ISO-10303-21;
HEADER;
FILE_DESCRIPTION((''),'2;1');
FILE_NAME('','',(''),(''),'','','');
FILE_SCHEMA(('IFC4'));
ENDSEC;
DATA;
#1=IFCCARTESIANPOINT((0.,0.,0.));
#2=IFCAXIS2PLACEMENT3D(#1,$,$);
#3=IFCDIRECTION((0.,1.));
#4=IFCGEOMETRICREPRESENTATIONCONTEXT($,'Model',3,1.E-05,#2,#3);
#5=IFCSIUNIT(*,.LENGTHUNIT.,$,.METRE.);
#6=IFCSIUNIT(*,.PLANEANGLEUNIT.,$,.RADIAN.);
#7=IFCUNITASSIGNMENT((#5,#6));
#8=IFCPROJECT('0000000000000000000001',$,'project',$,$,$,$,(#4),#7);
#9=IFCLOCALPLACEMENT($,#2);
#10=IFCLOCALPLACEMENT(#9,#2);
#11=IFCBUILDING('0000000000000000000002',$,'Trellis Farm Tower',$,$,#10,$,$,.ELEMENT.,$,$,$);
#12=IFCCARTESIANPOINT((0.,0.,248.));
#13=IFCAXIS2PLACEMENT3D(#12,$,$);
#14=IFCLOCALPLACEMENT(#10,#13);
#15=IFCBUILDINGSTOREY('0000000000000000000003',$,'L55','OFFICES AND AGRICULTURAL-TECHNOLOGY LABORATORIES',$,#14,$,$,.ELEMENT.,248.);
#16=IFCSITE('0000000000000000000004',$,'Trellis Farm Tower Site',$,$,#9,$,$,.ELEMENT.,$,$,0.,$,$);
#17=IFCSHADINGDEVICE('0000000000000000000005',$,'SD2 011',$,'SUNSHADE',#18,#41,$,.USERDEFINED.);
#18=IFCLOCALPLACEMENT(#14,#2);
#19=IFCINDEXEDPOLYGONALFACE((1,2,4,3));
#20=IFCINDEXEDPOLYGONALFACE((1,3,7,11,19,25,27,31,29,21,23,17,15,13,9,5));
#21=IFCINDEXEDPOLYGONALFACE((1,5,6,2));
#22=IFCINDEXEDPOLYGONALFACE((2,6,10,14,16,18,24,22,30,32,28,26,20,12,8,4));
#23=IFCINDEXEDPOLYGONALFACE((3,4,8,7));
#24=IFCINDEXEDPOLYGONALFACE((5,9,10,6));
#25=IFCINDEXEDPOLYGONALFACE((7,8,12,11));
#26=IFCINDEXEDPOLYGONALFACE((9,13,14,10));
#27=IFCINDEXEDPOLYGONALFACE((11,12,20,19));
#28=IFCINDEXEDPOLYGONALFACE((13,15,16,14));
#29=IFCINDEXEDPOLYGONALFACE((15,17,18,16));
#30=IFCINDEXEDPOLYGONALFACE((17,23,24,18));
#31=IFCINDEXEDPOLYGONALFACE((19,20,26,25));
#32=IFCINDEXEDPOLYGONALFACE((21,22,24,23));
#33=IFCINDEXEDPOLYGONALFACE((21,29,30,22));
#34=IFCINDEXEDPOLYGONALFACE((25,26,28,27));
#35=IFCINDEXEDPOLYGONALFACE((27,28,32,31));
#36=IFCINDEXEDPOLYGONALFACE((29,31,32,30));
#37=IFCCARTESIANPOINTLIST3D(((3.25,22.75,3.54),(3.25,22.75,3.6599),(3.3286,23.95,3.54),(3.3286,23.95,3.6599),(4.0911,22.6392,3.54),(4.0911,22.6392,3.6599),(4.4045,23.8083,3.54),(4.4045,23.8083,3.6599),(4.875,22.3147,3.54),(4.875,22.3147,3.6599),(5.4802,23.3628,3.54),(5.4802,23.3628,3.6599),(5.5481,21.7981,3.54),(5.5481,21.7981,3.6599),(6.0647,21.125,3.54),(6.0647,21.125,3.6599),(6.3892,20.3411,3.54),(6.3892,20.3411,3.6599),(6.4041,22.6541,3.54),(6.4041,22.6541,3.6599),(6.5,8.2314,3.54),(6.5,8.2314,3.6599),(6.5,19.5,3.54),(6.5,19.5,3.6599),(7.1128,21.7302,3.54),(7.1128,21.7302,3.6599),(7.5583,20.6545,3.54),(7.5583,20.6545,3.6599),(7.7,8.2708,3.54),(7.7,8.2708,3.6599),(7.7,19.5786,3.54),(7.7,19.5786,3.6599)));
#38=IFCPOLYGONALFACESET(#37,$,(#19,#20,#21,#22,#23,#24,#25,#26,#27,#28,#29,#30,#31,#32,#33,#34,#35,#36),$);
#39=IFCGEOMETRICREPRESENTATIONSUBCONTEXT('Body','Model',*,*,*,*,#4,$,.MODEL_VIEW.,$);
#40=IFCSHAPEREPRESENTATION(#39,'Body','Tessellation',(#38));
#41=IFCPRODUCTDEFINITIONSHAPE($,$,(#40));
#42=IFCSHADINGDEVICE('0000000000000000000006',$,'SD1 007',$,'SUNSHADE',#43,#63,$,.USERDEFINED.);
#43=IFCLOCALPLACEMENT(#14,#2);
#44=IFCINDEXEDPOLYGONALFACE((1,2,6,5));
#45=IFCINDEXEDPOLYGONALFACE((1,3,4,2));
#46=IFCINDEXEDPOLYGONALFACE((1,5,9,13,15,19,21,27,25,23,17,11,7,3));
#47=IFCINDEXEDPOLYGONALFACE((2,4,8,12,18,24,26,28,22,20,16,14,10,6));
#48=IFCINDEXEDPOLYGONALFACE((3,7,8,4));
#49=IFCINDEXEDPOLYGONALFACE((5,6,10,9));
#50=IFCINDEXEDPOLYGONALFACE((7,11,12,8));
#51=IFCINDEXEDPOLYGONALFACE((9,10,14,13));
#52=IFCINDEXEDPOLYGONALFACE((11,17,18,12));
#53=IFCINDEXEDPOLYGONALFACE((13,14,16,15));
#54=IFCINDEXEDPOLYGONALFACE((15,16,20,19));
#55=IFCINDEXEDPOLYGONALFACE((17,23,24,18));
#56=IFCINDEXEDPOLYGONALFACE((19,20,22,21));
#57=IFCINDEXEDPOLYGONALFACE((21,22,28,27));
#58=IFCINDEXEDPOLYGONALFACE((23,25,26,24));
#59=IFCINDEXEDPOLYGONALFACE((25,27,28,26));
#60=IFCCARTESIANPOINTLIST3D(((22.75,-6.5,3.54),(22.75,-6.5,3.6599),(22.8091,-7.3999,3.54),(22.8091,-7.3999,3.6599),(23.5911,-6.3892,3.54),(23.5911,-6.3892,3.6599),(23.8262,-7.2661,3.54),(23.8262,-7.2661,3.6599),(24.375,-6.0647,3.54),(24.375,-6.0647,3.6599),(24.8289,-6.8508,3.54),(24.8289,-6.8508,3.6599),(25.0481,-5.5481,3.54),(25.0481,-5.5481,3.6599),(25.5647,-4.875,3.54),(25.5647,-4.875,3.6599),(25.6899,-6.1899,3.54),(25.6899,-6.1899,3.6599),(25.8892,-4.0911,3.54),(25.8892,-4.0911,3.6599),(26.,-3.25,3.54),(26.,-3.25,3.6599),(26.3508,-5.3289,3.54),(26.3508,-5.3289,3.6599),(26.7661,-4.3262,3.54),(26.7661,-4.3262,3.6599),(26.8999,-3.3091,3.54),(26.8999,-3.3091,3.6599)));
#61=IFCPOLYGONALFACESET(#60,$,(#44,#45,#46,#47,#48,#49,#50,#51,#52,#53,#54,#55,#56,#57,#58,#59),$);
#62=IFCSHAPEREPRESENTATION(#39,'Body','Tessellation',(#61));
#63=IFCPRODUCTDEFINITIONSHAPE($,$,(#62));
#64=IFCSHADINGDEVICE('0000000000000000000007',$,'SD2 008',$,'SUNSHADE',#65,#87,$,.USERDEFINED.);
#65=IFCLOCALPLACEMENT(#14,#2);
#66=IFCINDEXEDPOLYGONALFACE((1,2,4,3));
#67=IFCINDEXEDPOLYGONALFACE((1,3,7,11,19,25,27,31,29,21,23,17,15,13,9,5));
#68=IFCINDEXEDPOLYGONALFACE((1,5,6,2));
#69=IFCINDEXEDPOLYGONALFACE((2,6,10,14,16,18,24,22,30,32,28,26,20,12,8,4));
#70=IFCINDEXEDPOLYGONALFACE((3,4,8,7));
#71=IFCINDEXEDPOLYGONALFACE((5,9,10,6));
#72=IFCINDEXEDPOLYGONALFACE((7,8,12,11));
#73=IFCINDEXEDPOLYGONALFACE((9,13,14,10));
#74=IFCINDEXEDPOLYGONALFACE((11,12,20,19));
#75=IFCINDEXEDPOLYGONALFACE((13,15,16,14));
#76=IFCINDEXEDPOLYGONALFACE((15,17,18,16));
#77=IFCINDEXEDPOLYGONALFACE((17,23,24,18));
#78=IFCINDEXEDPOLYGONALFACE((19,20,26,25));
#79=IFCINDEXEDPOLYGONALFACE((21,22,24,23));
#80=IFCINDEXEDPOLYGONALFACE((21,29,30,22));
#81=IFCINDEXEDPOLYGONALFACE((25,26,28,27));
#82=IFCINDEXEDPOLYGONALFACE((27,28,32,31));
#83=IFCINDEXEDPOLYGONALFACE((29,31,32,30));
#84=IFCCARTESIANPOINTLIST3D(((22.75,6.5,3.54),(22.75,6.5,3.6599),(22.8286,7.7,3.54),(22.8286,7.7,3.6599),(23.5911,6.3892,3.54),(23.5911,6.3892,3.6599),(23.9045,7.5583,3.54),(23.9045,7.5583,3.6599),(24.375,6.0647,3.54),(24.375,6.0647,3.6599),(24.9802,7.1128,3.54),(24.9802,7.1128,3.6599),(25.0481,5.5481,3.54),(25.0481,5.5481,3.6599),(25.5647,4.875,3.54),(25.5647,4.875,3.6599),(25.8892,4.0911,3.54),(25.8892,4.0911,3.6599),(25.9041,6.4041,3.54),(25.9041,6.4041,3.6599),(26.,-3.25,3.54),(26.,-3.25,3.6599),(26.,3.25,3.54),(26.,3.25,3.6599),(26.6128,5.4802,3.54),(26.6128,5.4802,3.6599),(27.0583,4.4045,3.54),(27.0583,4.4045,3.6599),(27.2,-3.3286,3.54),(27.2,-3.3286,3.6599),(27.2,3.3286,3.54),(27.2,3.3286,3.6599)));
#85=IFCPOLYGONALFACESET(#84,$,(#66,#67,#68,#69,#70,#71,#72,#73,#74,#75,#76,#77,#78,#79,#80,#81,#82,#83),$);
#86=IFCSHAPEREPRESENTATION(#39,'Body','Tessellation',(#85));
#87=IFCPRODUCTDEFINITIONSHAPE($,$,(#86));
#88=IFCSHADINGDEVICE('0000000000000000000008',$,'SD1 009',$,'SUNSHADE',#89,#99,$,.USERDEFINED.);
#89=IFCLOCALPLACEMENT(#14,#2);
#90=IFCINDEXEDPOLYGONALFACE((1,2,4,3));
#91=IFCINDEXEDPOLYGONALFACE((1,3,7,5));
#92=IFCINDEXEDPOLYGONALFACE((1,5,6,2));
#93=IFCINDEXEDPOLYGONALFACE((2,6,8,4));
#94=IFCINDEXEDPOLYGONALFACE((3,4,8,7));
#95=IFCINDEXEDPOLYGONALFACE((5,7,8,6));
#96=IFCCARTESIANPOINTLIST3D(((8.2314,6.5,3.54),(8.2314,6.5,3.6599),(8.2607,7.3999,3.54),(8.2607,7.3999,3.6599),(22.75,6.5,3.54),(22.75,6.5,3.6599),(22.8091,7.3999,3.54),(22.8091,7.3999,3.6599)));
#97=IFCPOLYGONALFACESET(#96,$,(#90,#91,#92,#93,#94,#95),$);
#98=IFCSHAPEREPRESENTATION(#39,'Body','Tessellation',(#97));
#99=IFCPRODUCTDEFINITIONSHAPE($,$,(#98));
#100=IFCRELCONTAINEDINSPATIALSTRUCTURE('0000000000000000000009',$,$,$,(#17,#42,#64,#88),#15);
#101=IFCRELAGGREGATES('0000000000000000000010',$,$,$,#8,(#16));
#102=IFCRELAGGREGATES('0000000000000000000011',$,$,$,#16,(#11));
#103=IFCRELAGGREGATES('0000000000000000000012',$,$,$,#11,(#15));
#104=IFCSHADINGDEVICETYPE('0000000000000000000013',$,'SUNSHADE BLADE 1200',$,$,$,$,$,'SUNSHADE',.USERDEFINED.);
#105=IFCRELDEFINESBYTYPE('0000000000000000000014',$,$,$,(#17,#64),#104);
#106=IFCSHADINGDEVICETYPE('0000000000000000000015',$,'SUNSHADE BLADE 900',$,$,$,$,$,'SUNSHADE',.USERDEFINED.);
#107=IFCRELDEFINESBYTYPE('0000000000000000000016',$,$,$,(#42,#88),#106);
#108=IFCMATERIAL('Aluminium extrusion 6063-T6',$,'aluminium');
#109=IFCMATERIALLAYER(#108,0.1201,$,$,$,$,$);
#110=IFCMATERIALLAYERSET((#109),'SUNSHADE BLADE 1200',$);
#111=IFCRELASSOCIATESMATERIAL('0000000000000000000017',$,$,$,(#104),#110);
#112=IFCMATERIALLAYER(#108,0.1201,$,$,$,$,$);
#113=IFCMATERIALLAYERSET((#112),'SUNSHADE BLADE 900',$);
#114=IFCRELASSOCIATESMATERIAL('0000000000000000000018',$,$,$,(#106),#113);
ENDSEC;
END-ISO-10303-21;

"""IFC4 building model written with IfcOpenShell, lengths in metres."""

from ifc_helpers import new_model, si_unit, direction, frame, origin, place, context, subcontext, project, spatial, polyline, outline, extrude, source, transform, mapped, material, layer, layer_set, type_object, element, save


model = new_model("IFC4")

# Units and contexts
model_context = context("Model", 3, precision=1e-05, world=origin(), true_north=direction((0.0, 1.0)))
body_context = subcontext(model_context, "Body", "Model", "MODEL_VIEW")
ifc_project = project(units=[si_unit("LENGTHUNIT", "METRE"), si_unit("PLANEANGLEUNIT", "RADIAN")], contexts=[model_context])

# Site, building, storey
site_placement = place(None, origin())
site = spatial("IfcSite", under=ifc_project, at=site_placement, Name="Trellis Farm Tower Site", CompositionType="ELEMENT", RefElevation=0.0)
building_placement = place(site_placement, origin())
building = spatial("IfcBuilding", under=site, at=building_placement, Name="Trellis Farm Tower", CompositionType="ELEMENT")
storey_placement = place(building_placement, frame((0.0, 0.0, 248.0)))
storey = spatial("IfcBuildingStorey", under=building, at=storey_placement, Name="L55", Description="OFFICES AND AGRICULTURAL-TECHNOLOGY LABORATORIES", CompositionType="ELEMENT", Elevation=248.0)

# Shared definitions
ifc_material_1 = material(Name="Aluminium extrusion 6063-T6", Category="aluminium")

# Shading devices
ifc_layer_1 = layer(ifc_material_1, 0.1201)
ifc_layer_set_1 = layer_set([ifc_layer_1], Name="SUNSHADE BLADE 1200")
shading_device_type_1 = type_object("IfcShadingDeviceType", Name="SUNSHADE BLADE 1200", ElementType="SUNSHADE", PredefinedType="USERDEFINED", material=ifc_layer_set_1)
placement_1 = place(storey_placement, frame((0.0, 0.0, 3.54)))
ifc_layer_2 = layer(ifc_material_1, 0.1201)
ifc_layer_set_2 = layer_set([ifc_layer_2], Name="SUNSHADE BLADE 900")
shading_device_type_2 = type_object("IfcShadingDeviceType", Name="SUNSHADE BLADE 900", ElementType="SUNSHADE", PredefinedType="USERDEFINED", material=ifc_layer_set_2)
shared_shape_1 = source(origin(), body_context, "Body", "SweptSolid", [
    extrude(outline(polyline([(7.7, 8.2708), (7.7, 19.5786), (7.5583, 20.6545), (7.1128, 21.7302), (6.4041, 22.6541), (5.4802, 23.3628), (4.4045, 23.8083), (3.3286, 23.95), (3.25, 22.75), (4.0911, 22.6392), (4.875, 22.3147), (5.5481, 21.7981), (6.0647, 21.125), (6.3892, 20.3411), (6.5, 19.5), (6.5, 8.2314), (7.7, 8.2708)])), origin(), (0.0, 0.0, 1.0), 0.1199),
])
element("IfcShadingDevice", 1, at=placement_1, inside=storey, type_object=shading_device_type_1, Name="SD2 011", ObjectType="SUNSHADE", PredefinedType="USERDEFINED", context=body_context, shape_type="MappedRepresentation", body=[
    mapped(shared_shape_1, transform((0.0, 0.0, 0.0))),
])
shared_shape_2 = source(origin(), body_context, "Body", "SweptSolid", [
    extrude(outline(polyline([(22.8091, -7.3999), (23.8262, -7.2661), (24.8289, -6.8508), (25.6899, -6.1899), (26.3508, -5.3289), (26.7661, -4.3262), (26.8999, -3.3091), (26.0, -3.25), (25.8892, -4.0911), (25.5647, -4.875), (25.0481, -5.5481), (24.375, -6.0647), (23.5911, -6.3892), (22.75, -6.5), (22.8091, -7.3999)])), origin(), (0.0, 0.0, 1.0), 0.1199),
])
element("IfcShadingDevice", 2, at=placement_1, inside=storey, type_object=shading_device_type_2, Name="SD1 007", ObjectType="SUNSHADE", PredefinedType="USERDEFINED", context=body_context, shape_type="MappedRepresentation", body=[
    mapped(shared_shape_2, transform((0.0, 0.0, 0.0))),
])
shared_shape_3 = source(origin(), body_context, "Body", "SweptSolid", [
    extrude(outline(polyline([(27.2, -3.3286), (27.2, 3.3286), (27.0583, 4.4045), (26.6128, 5.4802), (25.9041, 6.4041), (24.9802, 7.1128), (23.9045, 7.5583), (22.8286, 7.7), (22.75, 6.5), (23.5911, 6.3892), (24.375, 6.0647), (25.0481, 5.5481), (25.5647, 4.875), (25.8892, 4.0911), (26.0, 3.25), (26.0, -3.25), (27.2, -3.3286)])), origin(), (0.0, 0.0, 1.0), 0.1199),
])
element("IfcShadingDevice", 3, at=placement_1, inside=storey, type_object=shading_device_type_1, Name="SD2 008", ObjectType="SUNSHADE", PredefinedType="USERDEFINED", context=body_context, shape_type="MappedRepresentation", body=[
    mapped(shared_shape_3, transform((0.0, 0.0, 0.0))),
])
shared_shape_4 = source(origin(), body_context, "Body", "SweptSolid", [
    extrude(outline(polyline([(22.8091, 7.3999), (8.2607, 7.3999), (8.2314, 6.5), (22.75, 6.5), (22.8091, 7.3999)])), origin(), (0.0, 0.0, 1.0), 0.1199),
])
element("IfcShadingDevice", 4, at=placement_1, inside=storey, type_object=shading_device_type_2, Name="SD1 009", ObjectType="SUNSHADE", PredefinedType="USERDEFINED", context=body_context, shape_type="MappedRepresentation", body=[
    mapped(shared_shape_4, transform((0.0, 0.0, 0.0))),
])

save(model, "model.ifc")
